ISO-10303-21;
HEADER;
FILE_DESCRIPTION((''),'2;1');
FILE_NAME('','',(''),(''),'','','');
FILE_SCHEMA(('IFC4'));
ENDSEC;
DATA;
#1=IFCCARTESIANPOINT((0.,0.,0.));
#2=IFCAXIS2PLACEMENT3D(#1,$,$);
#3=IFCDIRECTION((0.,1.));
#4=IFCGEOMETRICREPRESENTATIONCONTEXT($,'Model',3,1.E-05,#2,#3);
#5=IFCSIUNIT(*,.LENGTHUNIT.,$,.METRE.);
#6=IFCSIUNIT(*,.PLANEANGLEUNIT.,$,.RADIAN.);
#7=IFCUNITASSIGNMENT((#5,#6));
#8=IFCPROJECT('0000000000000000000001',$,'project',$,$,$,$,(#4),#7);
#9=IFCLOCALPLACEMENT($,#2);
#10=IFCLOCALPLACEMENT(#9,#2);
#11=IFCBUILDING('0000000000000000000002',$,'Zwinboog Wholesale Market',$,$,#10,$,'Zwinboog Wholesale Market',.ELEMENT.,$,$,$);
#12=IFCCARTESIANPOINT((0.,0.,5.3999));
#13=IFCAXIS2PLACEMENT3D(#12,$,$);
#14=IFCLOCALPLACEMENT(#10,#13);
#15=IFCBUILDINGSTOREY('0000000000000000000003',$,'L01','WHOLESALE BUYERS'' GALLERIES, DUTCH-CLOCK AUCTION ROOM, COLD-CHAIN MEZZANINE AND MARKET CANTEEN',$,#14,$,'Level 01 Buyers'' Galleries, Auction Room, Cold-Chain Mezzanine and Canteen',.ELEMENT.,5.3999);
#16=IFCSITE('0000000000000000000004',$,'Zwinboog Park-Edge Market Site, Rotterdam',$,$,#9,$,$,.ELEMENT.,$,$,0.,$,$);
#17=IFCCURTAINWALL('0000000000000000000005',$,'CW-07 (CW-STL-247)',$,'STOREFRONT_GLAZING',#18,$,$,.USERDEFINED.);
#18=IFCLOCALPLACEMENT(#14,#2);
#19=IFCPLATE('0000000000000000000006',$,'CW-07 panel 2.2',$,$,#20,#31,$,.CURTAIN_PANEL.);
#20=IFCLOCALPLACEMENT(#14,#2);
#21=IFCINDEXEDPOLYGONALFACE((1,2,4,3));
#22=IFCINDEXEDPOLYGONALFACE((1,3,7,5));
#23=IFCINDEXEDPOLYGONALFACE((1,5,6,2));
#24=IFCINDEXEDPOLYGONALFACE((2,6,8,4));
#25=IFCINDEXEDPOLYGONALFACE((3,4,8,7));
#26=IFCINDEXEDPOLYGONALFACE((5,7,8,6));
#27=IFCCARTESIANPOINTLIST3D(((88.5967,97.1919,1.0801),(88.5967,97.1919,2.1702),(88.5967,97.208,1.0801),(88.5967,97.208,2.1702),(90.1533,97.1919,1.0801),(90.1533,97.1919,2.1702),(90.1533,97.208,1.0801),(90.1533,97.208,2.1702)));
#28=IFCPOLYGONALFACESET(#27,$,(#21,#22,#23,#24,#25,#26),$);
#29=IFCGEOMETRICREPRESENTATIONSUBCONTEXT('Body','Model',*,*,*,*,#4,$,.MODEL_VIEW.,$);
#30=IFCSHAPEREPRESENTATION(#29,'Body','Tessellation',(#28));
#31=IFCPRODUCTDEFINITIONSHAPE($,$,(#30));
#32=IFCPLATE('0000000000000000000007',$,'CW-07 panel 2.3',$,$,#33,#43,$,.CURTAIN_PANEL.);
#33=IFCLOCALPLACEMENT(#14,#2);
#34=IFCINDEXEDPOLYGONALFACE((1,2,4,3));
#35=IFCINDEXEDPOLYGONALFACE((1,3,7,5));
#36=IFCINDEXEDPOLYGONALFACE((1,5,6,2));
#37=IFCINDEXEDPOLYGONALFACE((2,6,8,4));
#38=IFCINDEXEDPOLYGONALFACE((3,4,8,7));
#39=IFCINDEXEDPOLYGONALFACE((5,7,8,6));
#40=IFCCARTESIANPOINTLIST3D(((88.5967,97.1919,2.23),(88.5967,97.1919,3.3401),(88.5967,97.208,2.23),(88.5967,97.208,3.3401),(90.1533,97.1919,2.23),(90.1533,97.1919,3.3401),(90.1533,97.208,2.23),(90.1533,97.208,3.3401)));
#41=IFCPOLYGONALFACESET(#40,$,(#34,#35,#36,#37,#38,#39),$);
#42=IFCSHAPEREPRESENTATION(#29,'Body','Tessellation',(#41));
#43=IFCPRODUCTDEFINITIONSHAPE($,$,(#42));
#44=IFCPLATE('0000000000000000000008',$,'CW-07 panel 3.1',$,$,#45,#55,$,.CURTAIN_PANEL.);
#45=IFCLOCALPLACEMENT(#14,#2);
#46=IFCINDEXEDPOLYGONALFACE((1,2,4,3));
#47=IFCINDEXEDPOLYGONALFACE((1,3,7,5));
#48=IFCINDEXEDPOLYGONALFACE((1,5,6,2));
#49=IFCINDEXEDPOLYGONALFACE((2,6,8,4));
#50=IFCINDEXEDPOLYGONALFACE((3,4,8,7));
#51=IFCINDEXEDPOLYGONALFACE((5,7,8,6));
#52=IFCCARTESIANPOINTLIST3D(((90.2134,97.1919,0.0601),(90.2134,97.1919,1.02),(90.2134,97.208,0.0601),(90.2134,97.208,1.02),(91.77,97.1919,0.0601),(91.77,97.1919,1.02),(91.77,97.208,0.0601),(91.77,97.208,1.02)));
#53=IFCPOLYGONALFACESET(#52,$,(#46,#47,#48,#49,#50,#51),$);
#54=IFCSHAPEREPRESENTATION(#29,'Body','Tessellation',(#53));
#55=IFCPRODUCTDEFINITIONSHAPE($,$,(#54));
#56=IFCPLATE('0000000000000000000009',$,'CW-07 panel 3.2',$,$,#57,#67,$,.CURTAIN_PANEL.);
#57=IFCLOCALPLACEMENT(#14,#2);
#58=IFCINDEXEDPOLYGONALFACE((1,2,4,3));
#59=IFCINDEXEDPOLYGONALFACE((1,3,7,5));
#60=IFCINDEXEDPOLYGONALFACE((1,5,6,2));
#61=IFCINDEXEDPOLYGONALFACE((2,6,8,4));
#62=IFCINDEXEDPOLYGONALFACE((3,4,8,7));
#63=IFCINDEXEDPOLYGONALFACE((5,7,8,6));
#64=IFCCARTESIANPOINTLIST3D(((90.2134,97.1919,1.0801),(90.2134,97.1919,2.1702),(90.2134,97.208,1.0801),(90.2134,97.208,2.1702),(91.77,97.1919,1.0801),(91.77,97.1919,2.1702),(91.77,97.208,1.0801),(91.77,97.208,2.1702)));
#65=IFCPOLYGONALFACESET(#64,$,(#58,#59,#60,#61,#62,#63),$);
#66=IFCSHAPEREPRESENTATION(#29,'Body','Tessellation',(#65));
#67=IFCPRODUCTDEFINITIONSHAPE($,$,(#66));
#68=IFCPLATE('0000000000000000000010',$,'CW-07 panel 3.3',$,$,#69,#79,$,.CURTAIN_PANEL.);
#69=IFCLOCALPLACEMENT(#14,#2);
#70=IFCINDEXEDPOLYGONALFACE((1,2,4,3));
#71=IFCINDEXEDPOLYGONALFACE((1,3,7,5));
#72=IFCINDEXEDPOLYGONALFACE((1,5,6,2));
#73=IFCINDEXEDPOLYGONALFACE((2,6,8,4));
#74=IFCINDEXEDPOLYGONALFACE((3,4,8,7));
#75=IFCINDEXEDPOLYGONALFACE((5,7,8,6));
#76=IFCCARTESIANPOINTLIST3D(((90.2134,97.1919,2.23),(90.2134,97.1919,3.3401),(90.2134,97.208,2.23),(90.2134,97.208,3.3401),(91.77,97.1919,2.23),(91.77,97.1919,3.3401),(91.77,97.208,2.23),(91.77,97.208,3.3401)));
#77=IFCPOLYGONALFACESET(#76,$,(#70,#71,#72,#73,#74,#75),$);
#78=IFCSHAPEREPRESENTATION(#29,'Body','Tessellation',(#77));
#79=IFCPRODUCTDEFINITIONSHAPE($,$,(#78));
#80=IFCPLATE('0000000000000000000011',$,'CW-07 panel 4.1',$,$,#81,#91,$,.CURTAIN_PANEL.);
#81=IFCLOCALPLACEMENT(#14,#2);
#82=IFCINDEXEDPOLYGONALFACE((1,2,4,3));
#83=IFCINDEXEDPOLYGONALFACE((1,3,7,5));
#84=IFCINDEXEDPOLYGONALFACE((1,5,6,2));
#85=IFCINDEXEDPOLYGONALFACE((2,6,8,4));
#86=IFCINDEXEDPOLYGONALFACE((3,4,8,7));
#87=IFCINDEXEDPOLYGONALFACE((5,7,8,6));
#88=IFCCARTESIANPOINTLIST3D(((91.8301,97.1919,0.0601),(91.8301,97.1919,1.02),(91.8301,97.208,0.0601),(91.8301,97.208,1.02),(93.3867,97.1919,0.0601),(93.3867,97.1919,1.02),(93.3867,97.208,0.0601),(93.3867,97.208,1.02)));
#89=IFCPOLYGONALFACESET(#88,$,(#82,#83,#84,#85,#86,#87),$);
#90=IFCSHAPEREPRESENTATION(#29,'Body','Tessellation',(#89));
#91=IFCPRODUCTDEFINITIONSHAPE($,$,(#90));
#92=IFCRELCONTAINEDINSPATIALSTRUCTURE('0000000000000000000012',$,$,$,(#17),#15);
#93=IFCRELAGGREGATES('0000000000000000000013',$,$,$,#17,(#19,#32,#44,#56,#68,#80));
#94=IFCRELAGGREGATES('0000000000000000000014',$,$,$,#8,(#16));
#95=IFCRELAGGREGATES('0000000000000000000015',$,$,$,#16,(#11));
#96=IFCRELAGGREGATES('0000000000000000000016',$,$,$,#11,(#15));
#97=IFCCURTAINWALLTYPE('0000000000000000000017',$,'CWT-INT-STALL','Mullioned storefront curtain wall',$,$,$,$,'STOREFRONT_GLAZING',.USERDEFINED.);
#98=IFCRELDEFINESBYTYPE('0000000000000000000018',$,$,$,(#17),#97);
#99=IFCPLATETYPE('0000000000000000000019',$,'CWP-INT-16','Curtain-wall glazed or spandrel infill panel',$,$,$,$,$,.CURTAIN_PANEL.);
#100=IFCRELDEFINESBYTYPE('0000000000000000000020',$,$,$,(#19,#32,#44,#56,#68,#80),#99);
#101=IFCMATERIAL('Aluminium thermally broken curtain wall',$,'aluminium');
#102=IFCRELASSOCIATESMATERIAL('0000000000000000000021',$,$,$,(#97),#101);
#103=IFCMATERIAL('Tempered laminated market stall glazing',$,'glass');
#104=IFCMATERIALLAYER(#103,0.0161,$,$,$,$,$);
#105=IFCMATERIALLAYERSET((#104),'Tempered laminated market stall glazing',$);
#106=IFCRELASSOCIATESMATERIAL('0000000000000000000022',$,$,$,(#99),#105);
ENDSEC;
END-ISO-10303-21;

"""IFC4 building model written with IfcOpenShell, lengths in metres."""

from ifc_helpers import new_model, si_unit, direction, frame, origin, origin_2d, place, context, subcontext, project, spatial, rectangle, extrude, material, layer, layer_set, type_object, element, aggregate, save


model = new_model("IFC4")

# Units and contexts
model_context = context("Model", 3, precision=1e-05, world=origin(), true_north=direction((0.0, 1.0)))
body_context = subcontext(model_context, "Body", "Model", "MODEL_VIEW")
ifc_project = project(units=[si_unit("LENGTHUNIT", "METRE"), si_unit("PLANEANGLEUNIT", "RADIAN")], contexts=[model_context])

# Site, building, storey
site_placement = place(None, origin())
site = spatial("IfcSite", under=ifc_project, at=site_placement, Name="Zwinboog Park-Edge Market Site, Rotterdam", CompositionType="ELEMENT", RefElevation=0.0)
building_placement = place(site_placement, origin())
building = spatial("IfcBuilding", under=site, at=building_placement, Name="Zwinboog Wholesale Market", LongName="Zwinboog Wholesale Market", CompositionType="ELEMENT")
storey_placement = place(building_placement, frame((0.0, 0.0, 5.3999)))
storey = spatial("IfcBuildingStorey", under=building, at=storey_placement, Name="L01", Description="WHOLESALE BUYERS' GALLERIES, DUTCH-CLOCK AUCTION ROOM, COLD-CHAIN MEZZANINE AND MARKET CANTEEN", LongName="Level 01 Buyers' Galleries, Auction Room, Cold-Chain Mezzanine and Canteen", CompositionType="ELEMENT", Elevation=5.3999)

# Curtain wall, plates
ifc_material_1 = material(Name="Aluminium thermally broken curtain wall", Category="aluminium")
curtain_wall_type = type_object("IfcCurtainWallType", Name="CWT-INT-STALL", Description="Mullioned storefront curtain wall", ElementType="STOREFRONT_GLAZING", PredefinedType="USERDEFINED", material=ifc_material_1)
curtain_wall_placement = place(storey_placement, origin())
curtain_wall = element("IfcCurtainWall", 1, at=curtain_wall_placement, inside=storey, type_object=curtain_wall_type, Name="CW-07 (CW-STL-247)", ObjectType="STOREFRONT_GLAZING", PredefinedType="USERDEFINED")
ifc_material_2 = material(Name="Tempered laminated market stall glazing", Category="glass")
ifc_layer = layer(ifc_material_2, 0.0161)
ifc_layer_set = layer_set([ifc_layer], Name="Tempered laminated market stall glazing")
plate_type = type_object("IfcPlateType", Name="CWP-INT-16", Description="Curtain-wall glazed or spandrel infill panel", PredefinedType="CURTAIN_PANEL", material=ifc_layer_set)
plate_1_placement = place(storey_placement, frame((89.375, 97.2, 1.0801), z_axis=(0.0, 0.0, 1.0), x_axis=(1.0, 0.0, 0.0)))
plate_1 = element("IfcPlate", 2, at=plate_1_placement, type_object=plate_type, Name="CW-07 panel 2.2", PredefinedType="CURTAIN_PANEL", context=body_context, shape_type="SweptSolid", body=[
    extrude(rectangle(XDim=1.5566, YDim=0.0161, at=origin_2d()), origin(), (0.0, 0.0, 1.0), 1.0901),
])
plate_2_placement = place(storey_placement, frame((89.375, 97.2, 2.23), z_axis=(0.0, 0.0, 1.0), x_axis=(1.0, 0.0, 0.0)))
plate_2 = element("IfcPlate", 3, at=plate_2_placement, type_object=plate_type, Name="CW-07 panel 2.3", PredefinedType="CURTAIN_PANEL", context=body_context, shape_type="SweptSolid", body=[
    extrude(rectangle(XDim=1.5566, YDim=0.0161, at=origin_2d()), origin(), (0.0, 0.0, 1.0), 1.1101),
])
plate_3_placement = place(storey_placement, frame((90.9917, 97.2, 0.0601), z_axis=(0.0, 0.0, 1.0), x_axis=(1.0, 0.0, 0.0)))
plate_3 = element("IfcPlate", 4, at=plate_3_placement, type_object=plate_type, Name="CW-07 panel 3.1", PredefinedType="CURTAIN_PANEL", context=body_context, shape_type="SweptSolid", body=[
    extrude(rectangle(XDim=1.5566, YDim=0.0161, at=origin_2d()), origin(), (0.0, 0.0, 1.0), 0.96),
])
plate_4_placement = place(storey_placement, frame((90.9917, 97.2, 1.0801), z_axis=(0.0, 0.0, 1.0), x_axis=(1.0, 0.0, 0.0)))
plate_4 = element("IfcPlate", 5, at=plate_4_placement, type_object=plate_type, Name="CW-07 panel 3.2", PredefinedType="CURTAIN_PANEL", context=body_context, shape_type="SweptSolid", body=[
    extrude(rectangle(XDim=1.5566, YDim=0.0161, at=origin_2d()), origin(), (0.0, 0.0, 1.0), 1.0901),
])
plate_5_placement = place(storey_placement, frame((90.9917, 97.2, 2.23), z_axis=(0.0, 0.0, 1.0), x_axis=(1.0, 0.0, 0.0)))
plate_5 = element("IfcPlate", 6, at=plate_5_placement, type_object=plate_type, Name="CW-07 panel 3.3", PredefinedType="CURTAIN_PANEL", context=body_context, shape_type="SweptSolid", body=[
    extrude(rectangle(XDim=1.5566, YDim=0.0161, at=origin_2d()), origin(), (0.0, 0.0, 1.0), 1.1101),
])
plate_6_placement = place(storey_placement, frame((92.6084, 97.2, 0.0601), z_axis=(0.0, 0.0, 1.0), x_axis=(1.0, 0.0, 0.0)))
plate_6 = element("IfcPlate", 7, at=plate_6_placement, type_object=plate_type, Name="CW-07 panel 4.1", PredefinedType="CURTAIN_PANEL", context=body_context, shape_type="SweptSolid", body=[
    extrude(rectangle(XDim=1.5566, YDim=0.0161, at=origin_2d()), origin(), (0.0, 0.0, 1.0), 0.96),
])
aggregate(curtain_wall, [plate_1, plate_2, plate_3, plate_4, plate_5, plate_6])

save(model, "model.ifc")
